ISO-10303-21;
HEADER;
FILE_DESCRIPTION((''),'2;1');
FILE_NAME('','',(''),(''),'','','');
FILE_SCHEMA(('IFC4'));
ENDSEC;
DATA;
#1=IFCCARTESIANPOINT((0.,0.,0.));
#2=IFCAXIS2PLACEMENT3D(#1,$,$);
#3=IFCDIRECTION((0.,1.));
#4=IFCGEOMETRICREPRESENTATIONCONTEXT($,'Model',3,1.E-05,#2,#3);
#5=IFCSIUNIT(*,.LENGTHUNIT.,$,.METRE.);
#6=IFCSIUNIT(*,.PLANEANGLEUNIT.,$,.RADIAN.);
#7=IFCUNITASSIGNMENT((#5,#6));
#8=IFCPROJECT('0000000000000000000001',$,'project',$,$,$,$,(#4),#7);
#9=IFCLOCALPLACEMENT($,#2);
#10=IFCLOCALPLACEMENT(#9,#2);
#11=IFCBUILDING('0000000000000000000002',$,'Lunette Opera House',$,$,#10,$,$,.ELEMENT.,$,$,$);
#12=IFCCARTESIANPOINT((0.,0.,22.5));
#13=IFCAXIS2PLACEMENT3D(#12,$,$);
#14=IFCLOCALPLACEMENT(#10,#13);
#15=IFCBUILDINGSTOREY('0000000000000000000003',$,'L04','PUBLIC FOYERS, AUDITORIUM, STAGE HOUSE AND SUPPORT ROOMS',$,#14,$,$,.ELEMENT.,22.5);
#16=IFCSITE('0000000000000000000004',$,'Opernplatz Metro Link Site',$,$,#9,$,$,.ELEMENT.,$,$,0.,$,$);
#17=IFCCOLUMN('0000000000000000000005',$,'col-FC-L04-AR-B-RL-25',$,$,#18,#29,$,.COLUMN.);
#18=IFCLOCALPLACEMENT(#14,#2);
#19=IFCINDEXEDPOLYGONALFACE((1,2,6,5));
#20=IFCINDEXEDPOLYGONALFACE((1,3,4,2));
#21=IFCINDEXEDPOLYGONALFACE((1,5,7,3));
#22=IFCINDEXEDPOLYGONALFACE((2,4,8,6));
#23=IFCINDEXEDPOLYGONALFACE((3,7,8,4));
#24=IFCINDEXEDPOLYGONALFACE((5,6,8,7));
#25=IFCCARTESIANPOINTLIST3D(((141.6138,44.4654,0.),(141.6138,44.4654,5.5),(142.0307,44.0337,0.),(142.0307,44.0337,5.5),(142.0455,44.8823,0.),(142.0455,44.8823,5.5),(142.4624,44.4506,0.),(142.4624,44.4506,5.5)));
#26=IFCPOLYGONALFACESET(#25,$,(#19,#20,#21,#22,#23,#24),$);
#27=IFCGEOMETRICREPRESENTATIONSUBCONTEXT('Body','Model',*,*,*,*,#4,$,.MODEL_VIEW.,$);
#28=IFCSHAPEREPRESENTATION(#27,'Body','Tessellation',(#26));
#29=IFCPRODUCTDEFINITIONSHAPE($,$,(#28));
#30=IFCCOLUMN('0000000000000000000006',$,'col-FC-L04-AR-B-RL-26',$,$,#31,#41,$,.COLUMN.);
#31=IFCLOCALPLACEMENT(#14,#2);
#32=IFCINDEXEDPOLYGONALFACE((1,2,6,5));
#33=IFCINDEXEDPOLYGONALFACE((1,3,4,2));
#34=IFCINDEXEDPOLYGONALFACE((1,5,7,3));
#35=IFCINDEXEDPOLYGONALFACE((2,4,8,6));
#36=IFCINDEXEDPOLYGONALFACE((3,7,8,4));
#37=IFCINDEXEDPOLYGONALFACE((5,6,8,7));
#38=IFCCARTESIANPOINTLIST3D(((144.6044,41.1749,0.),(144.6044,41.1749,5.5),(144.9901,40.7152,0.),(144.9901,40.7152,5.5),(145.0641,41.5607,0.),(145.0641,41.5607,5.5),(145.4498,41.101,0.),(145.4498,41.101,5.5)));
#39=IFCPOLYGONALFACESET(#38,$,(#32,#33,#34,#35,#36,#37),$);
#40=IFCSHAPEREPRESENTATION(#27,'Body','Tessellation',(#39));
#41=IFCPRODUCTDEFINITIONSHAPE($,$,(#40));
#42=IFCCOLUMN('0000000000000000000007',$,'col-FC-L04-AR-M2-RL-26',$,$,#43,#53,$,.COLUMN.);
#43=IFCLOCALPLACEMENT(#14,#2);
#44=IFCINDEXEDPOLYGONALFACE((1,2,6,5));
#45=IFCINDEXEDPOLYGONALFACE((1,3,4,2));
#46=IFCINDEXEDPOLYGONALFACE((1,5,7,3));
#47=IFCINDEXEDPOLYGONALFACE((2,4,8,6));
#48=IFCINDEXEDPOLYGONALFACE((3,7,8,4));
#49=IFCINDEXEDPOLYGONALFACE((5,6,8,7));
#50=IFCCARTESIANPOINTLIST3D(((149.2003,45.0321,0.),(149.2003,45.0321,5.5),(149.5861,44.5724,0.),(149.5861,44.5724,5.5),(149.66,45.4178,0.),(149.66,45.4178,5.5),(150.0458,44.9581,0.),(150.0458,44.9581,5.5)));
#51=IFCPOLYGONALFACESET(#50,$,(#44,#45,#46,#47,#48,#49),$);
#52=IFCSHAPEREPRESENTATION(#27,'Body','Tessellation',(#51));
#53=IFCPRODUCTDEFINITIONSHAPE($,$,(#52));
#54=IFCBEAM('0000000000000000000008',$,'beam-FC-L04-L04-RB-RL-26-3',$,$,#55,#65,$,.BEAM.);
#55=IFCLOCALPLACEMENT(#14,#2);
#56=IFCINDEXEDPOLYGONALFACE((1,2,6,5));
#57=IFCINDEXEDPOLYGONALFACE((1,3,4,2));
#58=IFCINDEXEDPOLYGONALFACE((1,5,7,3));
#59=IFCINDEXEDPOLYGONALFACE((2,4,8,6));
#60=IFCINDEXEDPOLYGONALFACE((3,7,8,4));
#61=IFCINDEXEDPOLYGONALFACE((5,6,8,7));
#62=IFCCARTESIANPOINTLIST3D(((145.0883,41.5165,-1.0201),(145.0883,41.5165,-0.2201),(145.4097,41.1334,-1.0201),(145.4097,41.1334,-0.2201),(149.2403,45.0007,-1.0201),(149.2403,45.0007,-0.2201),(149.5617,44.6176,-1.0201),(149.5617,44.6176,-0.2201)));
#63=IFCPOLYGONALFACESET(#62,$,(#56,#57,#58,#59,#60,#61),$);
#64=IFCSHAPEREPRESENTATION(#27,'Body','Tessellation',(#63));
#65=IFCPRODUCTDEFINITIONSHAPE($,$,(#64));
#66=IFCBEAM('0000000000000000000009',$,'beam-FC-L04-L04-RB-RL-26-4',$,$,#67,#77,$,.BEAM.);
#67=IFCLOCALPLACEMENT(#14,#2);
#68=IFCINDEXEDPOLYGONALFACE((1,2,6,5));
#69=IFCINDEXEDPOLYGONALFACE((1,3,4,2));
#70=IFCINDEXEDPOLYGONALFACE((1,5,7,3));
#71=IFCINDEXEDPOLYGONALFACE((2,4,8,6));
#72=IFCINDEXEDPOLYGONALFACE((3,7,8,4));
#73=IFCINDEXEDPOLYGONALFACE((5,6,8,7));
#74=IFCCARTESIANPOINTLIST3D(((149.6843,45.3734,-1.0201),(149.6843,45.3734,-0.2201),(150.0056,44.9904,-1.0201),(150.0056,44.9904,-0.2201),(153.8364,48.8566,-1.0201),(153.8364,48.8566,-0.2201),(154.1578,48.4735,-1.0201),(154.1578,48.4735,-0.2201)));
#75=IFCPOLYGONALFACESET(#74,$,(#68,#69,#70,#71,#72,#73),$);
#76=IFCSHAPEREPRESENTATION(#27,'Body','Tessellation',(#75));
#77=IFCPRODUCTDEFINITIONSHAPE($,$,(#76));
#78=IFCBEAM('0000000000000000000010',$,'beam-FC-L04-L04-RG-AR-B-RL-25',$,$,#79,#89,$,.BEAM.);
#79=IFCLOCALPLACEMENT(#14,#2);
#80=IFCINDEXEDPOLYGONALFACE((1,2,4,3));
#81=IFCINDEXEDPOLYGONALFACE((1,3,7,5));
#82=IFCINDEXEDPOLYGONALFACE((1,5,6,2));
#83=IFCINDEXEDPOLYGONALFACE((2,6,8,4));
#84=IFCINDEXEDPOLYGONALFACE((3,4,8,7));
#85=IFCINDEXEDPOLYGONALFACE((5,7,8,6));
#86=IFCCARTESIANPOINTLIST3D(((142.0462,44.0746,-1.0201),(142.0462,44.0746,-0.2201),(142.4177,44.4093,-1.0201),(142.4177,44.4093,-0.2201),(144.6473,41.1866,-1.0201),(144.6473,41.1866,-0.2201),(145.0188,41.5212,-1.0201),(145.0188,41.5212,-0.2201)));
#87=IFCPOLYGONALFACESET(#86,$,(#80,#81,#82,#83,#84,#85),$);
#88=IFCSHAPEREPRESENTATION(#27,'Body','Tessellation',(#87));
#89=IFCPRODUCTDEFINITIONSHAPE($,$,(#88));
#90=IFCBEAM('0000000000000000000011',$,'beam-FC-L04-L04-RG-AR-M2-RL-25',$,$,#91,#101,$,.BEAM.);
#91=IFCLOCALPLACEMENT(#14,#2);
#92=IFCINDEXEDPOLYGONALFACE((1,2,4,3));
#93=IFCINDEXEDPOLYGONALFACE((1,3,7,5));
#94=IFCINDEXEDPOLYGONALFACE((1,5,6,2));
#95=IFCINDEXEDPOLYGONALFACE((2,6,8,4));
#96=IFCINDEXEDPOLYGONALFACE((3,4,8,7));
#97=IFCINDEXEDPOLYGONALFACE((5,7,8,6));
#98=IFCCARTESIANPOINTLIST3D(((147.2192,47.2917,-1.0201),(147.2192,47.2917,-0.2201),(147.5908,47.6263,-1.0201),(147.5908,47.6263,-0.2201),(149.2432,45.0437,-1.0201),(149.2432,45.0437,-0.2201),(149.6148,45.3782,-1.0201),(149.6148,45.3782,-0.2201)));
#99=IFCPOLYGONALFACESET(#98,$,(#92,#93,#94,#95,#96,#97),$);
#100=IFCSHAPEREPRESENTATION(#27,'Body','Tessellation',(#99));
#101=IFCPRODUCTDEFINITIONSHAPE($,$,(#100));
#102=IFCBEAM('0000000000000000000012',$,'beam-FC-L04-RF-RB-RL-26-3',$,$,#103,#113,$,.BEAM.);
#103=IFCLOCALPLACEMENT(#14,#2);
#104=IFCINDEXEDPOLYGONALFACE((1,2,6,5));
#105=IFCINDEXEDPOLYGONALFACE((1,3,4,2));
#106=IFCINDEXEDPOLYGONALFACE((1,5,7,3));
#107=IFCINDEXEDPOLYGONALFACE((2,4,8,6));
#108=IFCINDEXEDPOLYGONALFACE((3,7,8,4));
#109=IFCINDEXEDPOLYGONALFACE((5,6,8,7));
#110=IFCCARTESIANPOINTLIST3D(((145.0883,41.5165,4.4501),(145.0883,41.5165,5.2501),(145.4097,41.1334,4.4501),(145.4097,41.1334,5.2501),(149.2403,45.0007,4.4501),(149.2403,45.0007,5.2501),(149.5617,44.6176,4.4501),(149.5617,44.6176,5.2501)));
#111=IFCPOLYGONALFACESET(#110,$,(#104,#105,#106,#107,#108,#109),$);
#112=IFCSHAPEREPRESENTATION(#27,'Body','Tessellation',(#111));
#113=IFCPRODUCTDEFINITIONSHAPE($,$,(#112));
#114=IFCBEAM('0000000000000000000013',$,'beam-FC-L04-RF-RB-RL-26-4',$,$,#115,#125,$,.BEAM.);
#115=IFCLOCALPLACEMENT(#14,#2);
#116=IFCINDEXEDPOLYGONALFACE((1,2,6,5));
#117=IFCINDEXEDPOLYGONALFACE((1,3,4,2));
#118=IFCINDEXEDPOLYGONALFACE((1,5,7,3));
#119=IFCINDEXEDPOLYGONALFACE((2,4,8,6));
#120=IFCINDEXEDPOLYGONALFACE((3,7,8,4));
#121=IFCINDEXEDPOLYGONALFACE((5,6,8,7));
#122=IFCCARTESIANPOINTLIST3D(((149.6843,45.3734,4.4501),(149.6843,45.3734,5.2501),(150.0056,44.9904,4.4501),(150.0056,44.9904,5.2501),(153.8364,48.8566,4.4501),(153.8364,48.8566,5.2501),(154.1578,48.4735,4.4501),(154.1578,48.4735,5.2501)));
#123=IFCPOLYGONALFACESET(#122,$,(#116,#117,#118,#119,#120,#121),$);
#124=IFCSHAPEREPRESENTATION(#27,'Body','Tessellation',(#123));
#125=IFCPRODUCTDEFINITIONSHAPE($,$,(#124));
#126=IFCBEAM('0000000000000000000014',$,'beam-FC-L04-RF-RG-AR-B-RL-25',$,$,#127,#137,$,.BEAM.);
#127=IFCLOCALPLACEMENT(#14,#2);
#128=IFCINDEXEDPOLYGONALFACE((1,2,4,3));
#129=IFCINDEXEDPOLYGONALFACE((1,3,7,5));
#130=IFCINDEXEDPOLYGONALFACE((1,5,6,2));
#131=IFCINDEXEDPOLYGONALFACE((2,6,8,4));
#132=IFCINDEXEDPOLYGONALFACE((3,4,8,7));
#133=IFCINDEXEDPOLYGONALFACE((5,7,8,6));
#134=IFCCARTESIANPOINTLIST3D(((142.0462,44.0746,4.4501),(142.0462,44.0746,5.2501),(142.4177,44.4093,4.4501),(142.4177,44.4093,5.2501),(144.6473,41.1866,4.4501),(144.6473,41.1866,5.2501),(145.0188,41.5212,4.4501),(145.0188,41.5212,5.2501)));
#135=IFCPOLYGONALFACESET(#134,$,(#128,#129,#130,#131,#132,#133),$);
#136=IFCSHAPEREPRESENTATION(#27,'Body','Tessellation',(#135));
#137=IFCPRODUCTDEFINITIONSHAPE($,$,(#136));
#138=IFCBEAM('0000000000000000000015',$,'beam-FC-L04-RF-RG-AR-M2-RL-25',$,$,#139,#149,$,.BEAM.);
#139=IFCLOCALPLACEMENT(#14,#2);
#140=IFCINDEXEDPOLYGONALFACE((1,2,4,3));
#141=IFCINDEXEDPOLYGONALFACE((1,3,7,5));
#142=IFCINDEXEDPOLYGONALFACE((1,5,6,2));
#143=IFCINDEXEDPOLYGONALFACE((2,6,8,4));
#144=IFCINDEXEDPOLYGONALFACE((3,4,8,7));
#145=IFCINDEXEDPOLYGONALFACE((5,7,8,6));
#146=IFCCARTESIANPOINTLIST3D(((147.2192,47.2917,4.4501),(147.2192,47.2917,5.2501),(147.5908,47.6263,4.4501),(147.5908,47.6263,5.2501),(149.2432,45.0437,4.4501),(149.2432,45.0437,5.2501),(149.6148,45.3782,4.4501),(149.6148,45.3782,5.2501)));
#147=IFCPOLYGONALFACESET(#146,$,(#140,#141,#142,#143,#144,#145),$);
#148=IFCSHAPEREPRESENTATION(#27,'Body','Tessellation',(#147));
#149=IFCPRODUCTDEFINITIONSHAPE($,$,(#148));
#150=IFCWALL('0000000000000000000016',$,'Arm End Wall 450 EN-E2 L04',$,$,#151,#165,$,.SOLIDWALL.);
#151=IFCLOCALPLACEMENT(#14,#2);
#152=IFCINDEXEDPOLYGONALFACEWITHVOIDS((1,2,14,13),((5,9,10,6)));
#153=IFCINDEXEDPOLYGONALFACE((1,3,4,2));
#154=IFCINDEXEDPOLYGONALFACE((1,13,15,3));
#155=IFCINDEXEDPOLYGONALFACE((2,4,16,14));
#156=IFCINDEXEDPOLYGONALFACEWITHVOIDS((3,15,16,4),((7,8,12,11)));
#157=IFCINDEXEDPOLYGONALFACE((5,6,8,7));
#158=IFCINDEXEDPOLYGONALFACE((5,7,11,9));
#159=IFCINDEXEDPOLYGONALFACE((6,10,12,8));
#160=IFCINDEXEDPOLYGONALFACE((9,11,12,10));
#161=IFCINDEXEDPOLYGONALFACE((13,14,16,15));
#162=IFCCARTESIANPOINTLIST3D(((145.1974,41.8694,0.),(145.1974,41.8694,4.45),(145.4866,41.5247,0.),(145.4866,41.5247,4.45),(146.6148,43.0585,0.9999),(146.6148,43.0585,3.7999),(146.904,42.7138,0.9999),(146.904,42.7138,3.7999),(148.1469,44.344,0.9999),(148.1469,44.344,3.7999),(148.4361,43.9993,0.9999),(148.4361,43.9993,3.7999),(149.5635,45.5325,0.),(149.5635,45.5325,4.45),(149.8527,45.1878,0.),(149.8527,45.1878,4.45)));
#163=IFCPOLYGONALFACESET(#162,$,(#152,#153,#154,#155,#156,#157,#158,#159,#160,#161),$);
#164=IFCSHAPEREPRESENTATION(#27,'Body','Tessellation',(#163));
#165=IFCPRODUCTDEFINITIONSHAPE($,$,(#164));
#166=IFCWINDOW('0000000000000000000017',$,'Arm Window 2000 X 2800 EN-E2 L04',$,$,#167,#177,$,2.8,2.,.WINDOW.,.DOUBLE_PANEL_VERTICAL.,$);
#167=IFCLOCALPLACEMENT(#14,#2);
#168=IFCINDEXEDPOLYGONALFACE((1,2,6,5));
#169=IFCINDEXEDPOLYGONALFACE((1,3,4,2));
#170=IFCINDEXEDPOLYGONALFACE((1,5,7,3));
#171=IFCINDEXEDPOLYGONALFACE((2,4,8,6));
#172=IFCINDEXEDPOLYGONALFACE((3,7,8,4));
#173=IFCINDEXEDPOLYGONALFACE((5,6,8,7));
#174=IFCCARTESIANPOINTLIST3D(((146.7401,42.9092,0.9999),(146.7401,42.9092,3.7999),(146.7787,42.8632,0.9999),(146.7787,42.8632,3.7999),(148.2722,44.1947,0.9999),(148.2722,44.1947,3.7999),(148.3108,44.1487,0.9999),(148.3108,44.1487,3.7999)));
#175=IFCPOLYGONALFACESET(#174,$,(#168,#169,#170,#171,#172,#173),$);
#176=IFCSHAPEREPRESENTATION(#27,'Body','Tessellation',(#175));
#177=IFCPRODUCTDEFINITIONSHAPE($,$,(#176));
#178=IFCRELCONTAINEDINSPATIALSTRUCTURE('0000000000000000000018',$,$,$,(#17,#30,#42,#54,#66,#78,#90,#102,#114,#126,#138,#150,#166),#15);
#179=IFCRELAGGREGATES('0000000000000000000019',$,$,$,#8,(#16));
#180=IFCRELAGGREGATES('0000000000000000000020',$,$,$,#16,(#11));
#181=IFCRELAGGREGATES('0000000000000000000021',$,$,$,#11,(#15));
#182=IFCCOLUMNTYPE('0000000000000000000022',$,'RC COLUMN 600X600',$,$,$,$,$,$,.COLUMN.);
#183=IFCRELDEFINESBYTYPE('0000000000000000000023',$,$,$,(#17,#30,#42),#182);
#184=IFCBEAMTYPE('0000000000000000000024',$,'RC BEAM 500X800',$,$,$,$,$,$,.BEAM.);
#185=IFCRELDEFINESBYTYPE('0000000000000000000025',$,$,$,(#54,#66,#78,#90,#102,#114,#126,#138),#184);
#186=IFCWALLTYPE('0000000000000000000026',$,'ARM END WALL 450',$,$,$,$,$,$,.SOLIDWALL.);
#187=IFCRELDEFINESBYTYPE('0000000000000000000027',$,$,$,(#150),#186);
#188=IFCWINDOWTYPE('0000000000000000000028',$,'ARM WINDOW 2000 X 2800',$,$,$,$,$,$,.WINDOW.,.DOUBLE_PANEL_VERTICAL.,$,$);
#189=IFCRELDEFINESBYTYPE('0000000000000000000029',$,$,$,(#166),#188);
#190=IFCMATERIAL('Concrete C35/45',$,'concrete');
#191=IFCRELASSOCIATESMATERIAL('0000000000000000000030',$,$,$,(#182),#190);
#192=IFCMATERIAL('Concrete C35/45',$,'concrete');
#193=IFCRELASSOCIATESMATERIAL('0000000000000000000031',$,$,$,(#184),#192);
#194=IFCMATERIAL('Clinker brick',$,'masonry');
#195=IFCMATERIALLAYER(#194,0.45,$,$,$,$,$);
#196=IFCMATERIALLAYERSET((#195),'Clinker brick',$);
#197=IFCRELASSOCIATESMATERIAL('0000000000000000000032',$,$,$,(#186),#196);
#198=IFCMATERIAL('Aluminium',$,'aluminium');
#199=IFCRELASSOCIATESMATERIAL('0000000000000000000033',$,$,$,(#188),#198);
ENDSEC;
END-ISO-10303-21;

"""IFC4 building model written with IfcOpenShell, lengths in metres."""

from ifc_helpers import new_model, si_unit, direction, frame, frame_2d, origin, origin_2d, place, context, subcontext, project, spatial, rectangle, extrude, material, layer, layer_set, material_profile, profile_set, type_object, element, fill, save


model = new_model("IFC4")

# Units and contexts
model_context = context("Model", 3, precision=1e-05, world=origin(), true_north=direction((0.0, 1.0)))
body_context = subcontext(model_context, "Body", "Model", "MODEL_VIEW")
ifc_project = project(units=[si_unit("LENGTHUNIT", "METRE"), si_unit("PLANEANGLEUNIT", "RADIAN")], contexts=[model_context])

# Site, building, storey
site_placement = place(None, origin())
site = spatial("IfcSite", under=ifc_project, at=site_placement, Name="Opernplatz Metro Link Site", CompositionType="ELEMENT", RefElevation=0.0)
building_placement = place(site_placement, origin())
building = spatial("IfcBuilding", under=site, at=building_placement, Name="Lunette Opera House", CompositionType="ELEMENT")
storey_placement = place(building_placement, frame((0.0, 0.0, 22.5)))
storey = spatial("IfcBuildingStorey", under=building, at=storey_placement, Name="L04", Description="PUBLIC FOYERS, AUDITORIUM, STAGE HOUSE AND SUPPORT ROOMS", CompositionType="ELEMENT", Elevation=22.5)

# Columns
ifc_material_1 = material(Name="Concrete C35/45", Category="concrete")
ifc_material_profile_1 = material_profile(ifc_material_1, rectangle(XDim=0.6001, YDim=0.6001, at=origin_2d()), Name="RC COLUMN 600X600")
ifc_profile_set_1 = profile_set([ifc_material_profile_1], Name="Concrete C35/45")
column_type = type_object("IfcColumnType", Name="RC COLUMN 600X600", PredefinedType="COLUMN", material=ifc_profile_set_1)
for number, where, z_axis, x_axis, name in (
    (1, (142.0381, 44.458, 0.0), (0.0, 0.0, 1.0), (0.694658, -0.71934, 0.0), "col-FC-L04-AR-B-RL-25"),
    (2, (145.0271, 41.1379, 0.0), (0.0, 0.0, 1.0), (0.642788, -0.766044, 0.0), "col-FC-L04-AR-B-RL-26"),
    (3, (149.623, 44.9951, 0.0), (0.0, 0.0, 1.0), (0.642788, -0.766044, 0.0), "col-FC-L04-AR-M2-RL-26"),
):
    element("IfcColumn", number, at=place(storey_placement, frame(where, z_axis=z_axis, x_axis=x_axis)), inside=storey, type_object=column_type, Name=name, PredefinedType="COLUMN", context=body_context, shape_type="SweptSolid", body=[
        extrude(rectangle(XDim=0.6001, YDim=0.6001, at=origin_2d()), origin(), (0.0, 0.0, 1.0), 5.5),
    ])

# Beams
ifc_material_2 = material(Name="Concrete C35/45", Category="concrete")
ifc_material_profile_2 = material_profile(ifc_material_2, rectangle(XDim=0.5, YDim=0.8, at=origin_2d()), Name="RC BEAM 500X800")
ifc_profile_set_2 = profile_set([ifc_material_profile_2], Name="Concrete C35/45")
beam_type = type_object("IfcBeamType", Name="RC BEAM 500X800", PredefinedType="BEAM", material=ifc_profile_set_2)
beam_1_placement = place(storey_placement, frame((145.249, 41.325, -0.6201), z_axis=(0.766016, 0.642821, 0.0), x_axis=(-0.642821, 0.766016, 0.0)))
element("IfcBeam", 4, at=beam_1_placement, inside=storey, type_object=beam_type, Name="beam-FC-L04-L04-RB-RL-26-3", PredefinedType="BEAM", context=body_context, shape_type="SweptSolid", body=[
    extrude(rectangle(XDim=0.5, YDim=0.8, at=origin_2d()), origin(), (0.0, 0.0, 1.0), 5.4202),
])
beam_2_placement = place(storey_placement, frame((149.845, 45.1819, -0.6201), z_axis=(0.766124, 0.642693, 0.0), x_axis=(-0.642693, 0.766124, 0.0)))
element("IfcBeam", 5, at=beam_2_placement, inside=storey, type_object=beam_type, Name="beam-FC-L04-L04-RB-RL-26-4", PredefinedType="BEAM", context=body_context, shape_type="SweptSolid", body=[
    extrude(rectangle(XDim=0.5, YDim=0.8, at=origin_2d()), origin(), (0.0, 0.0, 1.0), 5.4197),
])
beam_3_placement = place(storey_placement, frame((142.2319, 44.2419, -0.6201), z_axis=(0.669239, -0.743047, 0.0), x_axis=(0.743047, 0.669239, 0.0)))
element("IfcBeam", 6, at=beam_3_placement, inside=storey, type_object=beam_type, Name="beam-FC-L04-L04-RG-AR-B-RL-25", PredefinedType="BEAM", context=body_context, shape_type="SweptSolid", body=[
    extrude(rectangle(XDim=0.5, YDim=0.8, at=origin_2d()), origin(), (0.0, 0.0, 1.0), 3.8867),
])
beam_4_placement = place(storey_placement, frame((147.405, 47.459, -0.6201), z_axis=(0.66909, -0.743182, 0.0), x_axis=(0.743182, 0.66909, 0.0)))
element("IfcBeam", 7, at=beam_4_placement, inside=storey, type_object=beam_type, Name="beam-FC-L04-L04-RG-AR-M2-RL-25", PredefinedType="BEAM", context=body_context, shape_type="SweptSolid", body=[
    extrude(rectangle(XDim=0.5, YDim=0.8, at=origin_2d()), origin(), (0.0, 0.0, 1.0), 3.0249),
])
beam_5_placement = place(storey_placement, frame((145.249, 41.325, 4.8501), z_axis=(0.766016, 0.642821, 0.0), x_axis=(-0.642821, 0.766016, 0.0)))
element("IfcBeam", 8, at=beam_5_placement, inside=storey, type_object=beam_type, Name="beam-FC-L04-RF-RB-RL-26-3", PredefinedType="BEAM", context=body_context, shape_type="SweptSolid", body=[
    extrude(rectangle(XDim=0.5, YDim=0.8, at=origin_2d()), origin(), (0.0, 0.0, 1.0), 5.4202),
])
beam_6_placement = place(storey_placement, frame((149.845, 45.1819, 4.8501), z_axis=(0.766124, 0.642693, 0.0), x_axis=(-0.642693, 0.766124, 0.0)))
element("IfcBeam", 9, at=beam_6_placement, inside=storey, type_object=beam_type, Name="beam-FC-L04-RF-RB-RL-26-4", PredefinedType="BEAM", context=body_context, shape_type="SweptSolid", body=[
    extrude(rectangle(XDim=0.5, YDim=0.8, at=origin_2d()), origin(), (0.0, 0.0, 1.0), 5.4197),
])
beam_7_placement = place(storey_placement, frame((142.2319, 44.2419, 4.8501), z_axis=(0.669239, -0.743047, 0.0), x_axis=(0.743047, 0.669239, 0.0)))
element("IfcBeam", 10, at=beam_7_placement, inside=storey, type_object=beam_type, Name="beam-FC-L04-RF-RG-AR-B-RL-25", PredefinedType="BEAM", context=body_context, shape_type="SweptSolid", body=[
    extrude(rectangle(XDim=0.5, YDim=0.8, at=origin_2d()), origin(), (0.0, 0.0, 1.0), 3.8867),
])
beam_8_placement = place(storey_placement, frame((147.405, 47.459, 4.8501), z_axis=(0.66909, -0.743182, 0.0), x_axis=(0.743182, 0.66909, 0.0)))
element("IfcBeam", 11, at=beam_8_placement, inside=storey, type_object=beam_type, Name="beam-FC-L04-RF-RG-AR-M2-RL-25", PredefinedType="BEAM", context=body_context, shape_type="SweptSolid", body=[
    extrude(rectangle(XDim=0.5, YDim=0.8, at=origin_2d()), origin(), (0.0, 0.0, 1.0), 3.0249),
])

# Wall, opening, window
ifc_material_3 = material(Name="Clinker brick", Category="masonry")
ifc_layer_1 = layer(ifc_material_3, 0.45)
ifc_layer_set_1 = layer_set([ifc_layer_1], Name="Clinker brick")
wall_type_1 = type_object("IfcWallType", Name="ARM END WALL 450", PredefinedType="SOLIDWALL", material=ifc_layer_set_1)
wall_1_placement = place(storey_placement, frame((145.342, 41.697, 0.0), z_axis=(0.0, 0.0, 1.0), x_axis=(0.766079, 0.642747, 0.0)))
wall_1 = element("IfcWall", 12, at=wall_1_placement, inside=storey, type_object=wall_type_1, Name="Arm End Wall 450 EN-E2 L04", PredefinedType="SOLIDWALL", context=body_context, shape_type="SweptSolid", body=[
    extrude(rectangle(XDim=5.6992, YDim=0.45, at=frame_2d((2.8496, 0.0))), origin(), (0.0, 0.0, 1.0), 4.45),
])
opening_1_placement = place(wall_1_placement, frame((1.8501, 0.0, 1.0)))
opening_1 = element("IfcOpeningElement", 13, at=opening_1_placement, cuts=wall_1, PredefinedType="OPENING", context=body_context, shape_type="SweptSolid", body=[
    extrude(rectangle(XDim=2.0, YDim=2.8, at=frame_2d((1.0, 1.3999))), frame((0.0, 0.2371, 0.0), z_axis=(0.0, -1.0, 0.0), x_axis=(1.0, 0.0, 0.0)), (0.0, 0.0, 1.0), 0.4739),
])
ifc_material_4 = material(Name="Aluminium", Category="aluminium")
window_type = type_object("IfcWindowType", Name="ARM WINDOW 2000 X 2800", PartitioningType="DOUBLE_PANEL_VERTICAL", PredefinedType="WINDOW", material=ifc_material_4)
window_1_placement = place(opening_1_placement, origin())
window_1 = element("IfcWindow", 14, at=window_1_placement, inside=storey, type_object=window_type, Name="Arm Window 2000 X 2800 EN-E2 L04", OverallHeight=2.8, OverallWidth=2.0, PartitioningType="DOUBLE_PANEL_VERTICAL", PredefinedType="WINDOW", context=body_context, shape_type="SweptSolid", body=[
    extrude(rectangle(XDim=2.0, YDim=2.8, at=frame_2d((1.0, 1.3999))), frame((0.0, 0.03, 0.0), z_axis=(0.0, -1.0, 0.0), x_axis=(1.0, 0.0, 0.0)), (0.0, 0.0, 1.0), 0.0601),
])
fill(opening_1, window_1)

save(model, "model.ifc")
